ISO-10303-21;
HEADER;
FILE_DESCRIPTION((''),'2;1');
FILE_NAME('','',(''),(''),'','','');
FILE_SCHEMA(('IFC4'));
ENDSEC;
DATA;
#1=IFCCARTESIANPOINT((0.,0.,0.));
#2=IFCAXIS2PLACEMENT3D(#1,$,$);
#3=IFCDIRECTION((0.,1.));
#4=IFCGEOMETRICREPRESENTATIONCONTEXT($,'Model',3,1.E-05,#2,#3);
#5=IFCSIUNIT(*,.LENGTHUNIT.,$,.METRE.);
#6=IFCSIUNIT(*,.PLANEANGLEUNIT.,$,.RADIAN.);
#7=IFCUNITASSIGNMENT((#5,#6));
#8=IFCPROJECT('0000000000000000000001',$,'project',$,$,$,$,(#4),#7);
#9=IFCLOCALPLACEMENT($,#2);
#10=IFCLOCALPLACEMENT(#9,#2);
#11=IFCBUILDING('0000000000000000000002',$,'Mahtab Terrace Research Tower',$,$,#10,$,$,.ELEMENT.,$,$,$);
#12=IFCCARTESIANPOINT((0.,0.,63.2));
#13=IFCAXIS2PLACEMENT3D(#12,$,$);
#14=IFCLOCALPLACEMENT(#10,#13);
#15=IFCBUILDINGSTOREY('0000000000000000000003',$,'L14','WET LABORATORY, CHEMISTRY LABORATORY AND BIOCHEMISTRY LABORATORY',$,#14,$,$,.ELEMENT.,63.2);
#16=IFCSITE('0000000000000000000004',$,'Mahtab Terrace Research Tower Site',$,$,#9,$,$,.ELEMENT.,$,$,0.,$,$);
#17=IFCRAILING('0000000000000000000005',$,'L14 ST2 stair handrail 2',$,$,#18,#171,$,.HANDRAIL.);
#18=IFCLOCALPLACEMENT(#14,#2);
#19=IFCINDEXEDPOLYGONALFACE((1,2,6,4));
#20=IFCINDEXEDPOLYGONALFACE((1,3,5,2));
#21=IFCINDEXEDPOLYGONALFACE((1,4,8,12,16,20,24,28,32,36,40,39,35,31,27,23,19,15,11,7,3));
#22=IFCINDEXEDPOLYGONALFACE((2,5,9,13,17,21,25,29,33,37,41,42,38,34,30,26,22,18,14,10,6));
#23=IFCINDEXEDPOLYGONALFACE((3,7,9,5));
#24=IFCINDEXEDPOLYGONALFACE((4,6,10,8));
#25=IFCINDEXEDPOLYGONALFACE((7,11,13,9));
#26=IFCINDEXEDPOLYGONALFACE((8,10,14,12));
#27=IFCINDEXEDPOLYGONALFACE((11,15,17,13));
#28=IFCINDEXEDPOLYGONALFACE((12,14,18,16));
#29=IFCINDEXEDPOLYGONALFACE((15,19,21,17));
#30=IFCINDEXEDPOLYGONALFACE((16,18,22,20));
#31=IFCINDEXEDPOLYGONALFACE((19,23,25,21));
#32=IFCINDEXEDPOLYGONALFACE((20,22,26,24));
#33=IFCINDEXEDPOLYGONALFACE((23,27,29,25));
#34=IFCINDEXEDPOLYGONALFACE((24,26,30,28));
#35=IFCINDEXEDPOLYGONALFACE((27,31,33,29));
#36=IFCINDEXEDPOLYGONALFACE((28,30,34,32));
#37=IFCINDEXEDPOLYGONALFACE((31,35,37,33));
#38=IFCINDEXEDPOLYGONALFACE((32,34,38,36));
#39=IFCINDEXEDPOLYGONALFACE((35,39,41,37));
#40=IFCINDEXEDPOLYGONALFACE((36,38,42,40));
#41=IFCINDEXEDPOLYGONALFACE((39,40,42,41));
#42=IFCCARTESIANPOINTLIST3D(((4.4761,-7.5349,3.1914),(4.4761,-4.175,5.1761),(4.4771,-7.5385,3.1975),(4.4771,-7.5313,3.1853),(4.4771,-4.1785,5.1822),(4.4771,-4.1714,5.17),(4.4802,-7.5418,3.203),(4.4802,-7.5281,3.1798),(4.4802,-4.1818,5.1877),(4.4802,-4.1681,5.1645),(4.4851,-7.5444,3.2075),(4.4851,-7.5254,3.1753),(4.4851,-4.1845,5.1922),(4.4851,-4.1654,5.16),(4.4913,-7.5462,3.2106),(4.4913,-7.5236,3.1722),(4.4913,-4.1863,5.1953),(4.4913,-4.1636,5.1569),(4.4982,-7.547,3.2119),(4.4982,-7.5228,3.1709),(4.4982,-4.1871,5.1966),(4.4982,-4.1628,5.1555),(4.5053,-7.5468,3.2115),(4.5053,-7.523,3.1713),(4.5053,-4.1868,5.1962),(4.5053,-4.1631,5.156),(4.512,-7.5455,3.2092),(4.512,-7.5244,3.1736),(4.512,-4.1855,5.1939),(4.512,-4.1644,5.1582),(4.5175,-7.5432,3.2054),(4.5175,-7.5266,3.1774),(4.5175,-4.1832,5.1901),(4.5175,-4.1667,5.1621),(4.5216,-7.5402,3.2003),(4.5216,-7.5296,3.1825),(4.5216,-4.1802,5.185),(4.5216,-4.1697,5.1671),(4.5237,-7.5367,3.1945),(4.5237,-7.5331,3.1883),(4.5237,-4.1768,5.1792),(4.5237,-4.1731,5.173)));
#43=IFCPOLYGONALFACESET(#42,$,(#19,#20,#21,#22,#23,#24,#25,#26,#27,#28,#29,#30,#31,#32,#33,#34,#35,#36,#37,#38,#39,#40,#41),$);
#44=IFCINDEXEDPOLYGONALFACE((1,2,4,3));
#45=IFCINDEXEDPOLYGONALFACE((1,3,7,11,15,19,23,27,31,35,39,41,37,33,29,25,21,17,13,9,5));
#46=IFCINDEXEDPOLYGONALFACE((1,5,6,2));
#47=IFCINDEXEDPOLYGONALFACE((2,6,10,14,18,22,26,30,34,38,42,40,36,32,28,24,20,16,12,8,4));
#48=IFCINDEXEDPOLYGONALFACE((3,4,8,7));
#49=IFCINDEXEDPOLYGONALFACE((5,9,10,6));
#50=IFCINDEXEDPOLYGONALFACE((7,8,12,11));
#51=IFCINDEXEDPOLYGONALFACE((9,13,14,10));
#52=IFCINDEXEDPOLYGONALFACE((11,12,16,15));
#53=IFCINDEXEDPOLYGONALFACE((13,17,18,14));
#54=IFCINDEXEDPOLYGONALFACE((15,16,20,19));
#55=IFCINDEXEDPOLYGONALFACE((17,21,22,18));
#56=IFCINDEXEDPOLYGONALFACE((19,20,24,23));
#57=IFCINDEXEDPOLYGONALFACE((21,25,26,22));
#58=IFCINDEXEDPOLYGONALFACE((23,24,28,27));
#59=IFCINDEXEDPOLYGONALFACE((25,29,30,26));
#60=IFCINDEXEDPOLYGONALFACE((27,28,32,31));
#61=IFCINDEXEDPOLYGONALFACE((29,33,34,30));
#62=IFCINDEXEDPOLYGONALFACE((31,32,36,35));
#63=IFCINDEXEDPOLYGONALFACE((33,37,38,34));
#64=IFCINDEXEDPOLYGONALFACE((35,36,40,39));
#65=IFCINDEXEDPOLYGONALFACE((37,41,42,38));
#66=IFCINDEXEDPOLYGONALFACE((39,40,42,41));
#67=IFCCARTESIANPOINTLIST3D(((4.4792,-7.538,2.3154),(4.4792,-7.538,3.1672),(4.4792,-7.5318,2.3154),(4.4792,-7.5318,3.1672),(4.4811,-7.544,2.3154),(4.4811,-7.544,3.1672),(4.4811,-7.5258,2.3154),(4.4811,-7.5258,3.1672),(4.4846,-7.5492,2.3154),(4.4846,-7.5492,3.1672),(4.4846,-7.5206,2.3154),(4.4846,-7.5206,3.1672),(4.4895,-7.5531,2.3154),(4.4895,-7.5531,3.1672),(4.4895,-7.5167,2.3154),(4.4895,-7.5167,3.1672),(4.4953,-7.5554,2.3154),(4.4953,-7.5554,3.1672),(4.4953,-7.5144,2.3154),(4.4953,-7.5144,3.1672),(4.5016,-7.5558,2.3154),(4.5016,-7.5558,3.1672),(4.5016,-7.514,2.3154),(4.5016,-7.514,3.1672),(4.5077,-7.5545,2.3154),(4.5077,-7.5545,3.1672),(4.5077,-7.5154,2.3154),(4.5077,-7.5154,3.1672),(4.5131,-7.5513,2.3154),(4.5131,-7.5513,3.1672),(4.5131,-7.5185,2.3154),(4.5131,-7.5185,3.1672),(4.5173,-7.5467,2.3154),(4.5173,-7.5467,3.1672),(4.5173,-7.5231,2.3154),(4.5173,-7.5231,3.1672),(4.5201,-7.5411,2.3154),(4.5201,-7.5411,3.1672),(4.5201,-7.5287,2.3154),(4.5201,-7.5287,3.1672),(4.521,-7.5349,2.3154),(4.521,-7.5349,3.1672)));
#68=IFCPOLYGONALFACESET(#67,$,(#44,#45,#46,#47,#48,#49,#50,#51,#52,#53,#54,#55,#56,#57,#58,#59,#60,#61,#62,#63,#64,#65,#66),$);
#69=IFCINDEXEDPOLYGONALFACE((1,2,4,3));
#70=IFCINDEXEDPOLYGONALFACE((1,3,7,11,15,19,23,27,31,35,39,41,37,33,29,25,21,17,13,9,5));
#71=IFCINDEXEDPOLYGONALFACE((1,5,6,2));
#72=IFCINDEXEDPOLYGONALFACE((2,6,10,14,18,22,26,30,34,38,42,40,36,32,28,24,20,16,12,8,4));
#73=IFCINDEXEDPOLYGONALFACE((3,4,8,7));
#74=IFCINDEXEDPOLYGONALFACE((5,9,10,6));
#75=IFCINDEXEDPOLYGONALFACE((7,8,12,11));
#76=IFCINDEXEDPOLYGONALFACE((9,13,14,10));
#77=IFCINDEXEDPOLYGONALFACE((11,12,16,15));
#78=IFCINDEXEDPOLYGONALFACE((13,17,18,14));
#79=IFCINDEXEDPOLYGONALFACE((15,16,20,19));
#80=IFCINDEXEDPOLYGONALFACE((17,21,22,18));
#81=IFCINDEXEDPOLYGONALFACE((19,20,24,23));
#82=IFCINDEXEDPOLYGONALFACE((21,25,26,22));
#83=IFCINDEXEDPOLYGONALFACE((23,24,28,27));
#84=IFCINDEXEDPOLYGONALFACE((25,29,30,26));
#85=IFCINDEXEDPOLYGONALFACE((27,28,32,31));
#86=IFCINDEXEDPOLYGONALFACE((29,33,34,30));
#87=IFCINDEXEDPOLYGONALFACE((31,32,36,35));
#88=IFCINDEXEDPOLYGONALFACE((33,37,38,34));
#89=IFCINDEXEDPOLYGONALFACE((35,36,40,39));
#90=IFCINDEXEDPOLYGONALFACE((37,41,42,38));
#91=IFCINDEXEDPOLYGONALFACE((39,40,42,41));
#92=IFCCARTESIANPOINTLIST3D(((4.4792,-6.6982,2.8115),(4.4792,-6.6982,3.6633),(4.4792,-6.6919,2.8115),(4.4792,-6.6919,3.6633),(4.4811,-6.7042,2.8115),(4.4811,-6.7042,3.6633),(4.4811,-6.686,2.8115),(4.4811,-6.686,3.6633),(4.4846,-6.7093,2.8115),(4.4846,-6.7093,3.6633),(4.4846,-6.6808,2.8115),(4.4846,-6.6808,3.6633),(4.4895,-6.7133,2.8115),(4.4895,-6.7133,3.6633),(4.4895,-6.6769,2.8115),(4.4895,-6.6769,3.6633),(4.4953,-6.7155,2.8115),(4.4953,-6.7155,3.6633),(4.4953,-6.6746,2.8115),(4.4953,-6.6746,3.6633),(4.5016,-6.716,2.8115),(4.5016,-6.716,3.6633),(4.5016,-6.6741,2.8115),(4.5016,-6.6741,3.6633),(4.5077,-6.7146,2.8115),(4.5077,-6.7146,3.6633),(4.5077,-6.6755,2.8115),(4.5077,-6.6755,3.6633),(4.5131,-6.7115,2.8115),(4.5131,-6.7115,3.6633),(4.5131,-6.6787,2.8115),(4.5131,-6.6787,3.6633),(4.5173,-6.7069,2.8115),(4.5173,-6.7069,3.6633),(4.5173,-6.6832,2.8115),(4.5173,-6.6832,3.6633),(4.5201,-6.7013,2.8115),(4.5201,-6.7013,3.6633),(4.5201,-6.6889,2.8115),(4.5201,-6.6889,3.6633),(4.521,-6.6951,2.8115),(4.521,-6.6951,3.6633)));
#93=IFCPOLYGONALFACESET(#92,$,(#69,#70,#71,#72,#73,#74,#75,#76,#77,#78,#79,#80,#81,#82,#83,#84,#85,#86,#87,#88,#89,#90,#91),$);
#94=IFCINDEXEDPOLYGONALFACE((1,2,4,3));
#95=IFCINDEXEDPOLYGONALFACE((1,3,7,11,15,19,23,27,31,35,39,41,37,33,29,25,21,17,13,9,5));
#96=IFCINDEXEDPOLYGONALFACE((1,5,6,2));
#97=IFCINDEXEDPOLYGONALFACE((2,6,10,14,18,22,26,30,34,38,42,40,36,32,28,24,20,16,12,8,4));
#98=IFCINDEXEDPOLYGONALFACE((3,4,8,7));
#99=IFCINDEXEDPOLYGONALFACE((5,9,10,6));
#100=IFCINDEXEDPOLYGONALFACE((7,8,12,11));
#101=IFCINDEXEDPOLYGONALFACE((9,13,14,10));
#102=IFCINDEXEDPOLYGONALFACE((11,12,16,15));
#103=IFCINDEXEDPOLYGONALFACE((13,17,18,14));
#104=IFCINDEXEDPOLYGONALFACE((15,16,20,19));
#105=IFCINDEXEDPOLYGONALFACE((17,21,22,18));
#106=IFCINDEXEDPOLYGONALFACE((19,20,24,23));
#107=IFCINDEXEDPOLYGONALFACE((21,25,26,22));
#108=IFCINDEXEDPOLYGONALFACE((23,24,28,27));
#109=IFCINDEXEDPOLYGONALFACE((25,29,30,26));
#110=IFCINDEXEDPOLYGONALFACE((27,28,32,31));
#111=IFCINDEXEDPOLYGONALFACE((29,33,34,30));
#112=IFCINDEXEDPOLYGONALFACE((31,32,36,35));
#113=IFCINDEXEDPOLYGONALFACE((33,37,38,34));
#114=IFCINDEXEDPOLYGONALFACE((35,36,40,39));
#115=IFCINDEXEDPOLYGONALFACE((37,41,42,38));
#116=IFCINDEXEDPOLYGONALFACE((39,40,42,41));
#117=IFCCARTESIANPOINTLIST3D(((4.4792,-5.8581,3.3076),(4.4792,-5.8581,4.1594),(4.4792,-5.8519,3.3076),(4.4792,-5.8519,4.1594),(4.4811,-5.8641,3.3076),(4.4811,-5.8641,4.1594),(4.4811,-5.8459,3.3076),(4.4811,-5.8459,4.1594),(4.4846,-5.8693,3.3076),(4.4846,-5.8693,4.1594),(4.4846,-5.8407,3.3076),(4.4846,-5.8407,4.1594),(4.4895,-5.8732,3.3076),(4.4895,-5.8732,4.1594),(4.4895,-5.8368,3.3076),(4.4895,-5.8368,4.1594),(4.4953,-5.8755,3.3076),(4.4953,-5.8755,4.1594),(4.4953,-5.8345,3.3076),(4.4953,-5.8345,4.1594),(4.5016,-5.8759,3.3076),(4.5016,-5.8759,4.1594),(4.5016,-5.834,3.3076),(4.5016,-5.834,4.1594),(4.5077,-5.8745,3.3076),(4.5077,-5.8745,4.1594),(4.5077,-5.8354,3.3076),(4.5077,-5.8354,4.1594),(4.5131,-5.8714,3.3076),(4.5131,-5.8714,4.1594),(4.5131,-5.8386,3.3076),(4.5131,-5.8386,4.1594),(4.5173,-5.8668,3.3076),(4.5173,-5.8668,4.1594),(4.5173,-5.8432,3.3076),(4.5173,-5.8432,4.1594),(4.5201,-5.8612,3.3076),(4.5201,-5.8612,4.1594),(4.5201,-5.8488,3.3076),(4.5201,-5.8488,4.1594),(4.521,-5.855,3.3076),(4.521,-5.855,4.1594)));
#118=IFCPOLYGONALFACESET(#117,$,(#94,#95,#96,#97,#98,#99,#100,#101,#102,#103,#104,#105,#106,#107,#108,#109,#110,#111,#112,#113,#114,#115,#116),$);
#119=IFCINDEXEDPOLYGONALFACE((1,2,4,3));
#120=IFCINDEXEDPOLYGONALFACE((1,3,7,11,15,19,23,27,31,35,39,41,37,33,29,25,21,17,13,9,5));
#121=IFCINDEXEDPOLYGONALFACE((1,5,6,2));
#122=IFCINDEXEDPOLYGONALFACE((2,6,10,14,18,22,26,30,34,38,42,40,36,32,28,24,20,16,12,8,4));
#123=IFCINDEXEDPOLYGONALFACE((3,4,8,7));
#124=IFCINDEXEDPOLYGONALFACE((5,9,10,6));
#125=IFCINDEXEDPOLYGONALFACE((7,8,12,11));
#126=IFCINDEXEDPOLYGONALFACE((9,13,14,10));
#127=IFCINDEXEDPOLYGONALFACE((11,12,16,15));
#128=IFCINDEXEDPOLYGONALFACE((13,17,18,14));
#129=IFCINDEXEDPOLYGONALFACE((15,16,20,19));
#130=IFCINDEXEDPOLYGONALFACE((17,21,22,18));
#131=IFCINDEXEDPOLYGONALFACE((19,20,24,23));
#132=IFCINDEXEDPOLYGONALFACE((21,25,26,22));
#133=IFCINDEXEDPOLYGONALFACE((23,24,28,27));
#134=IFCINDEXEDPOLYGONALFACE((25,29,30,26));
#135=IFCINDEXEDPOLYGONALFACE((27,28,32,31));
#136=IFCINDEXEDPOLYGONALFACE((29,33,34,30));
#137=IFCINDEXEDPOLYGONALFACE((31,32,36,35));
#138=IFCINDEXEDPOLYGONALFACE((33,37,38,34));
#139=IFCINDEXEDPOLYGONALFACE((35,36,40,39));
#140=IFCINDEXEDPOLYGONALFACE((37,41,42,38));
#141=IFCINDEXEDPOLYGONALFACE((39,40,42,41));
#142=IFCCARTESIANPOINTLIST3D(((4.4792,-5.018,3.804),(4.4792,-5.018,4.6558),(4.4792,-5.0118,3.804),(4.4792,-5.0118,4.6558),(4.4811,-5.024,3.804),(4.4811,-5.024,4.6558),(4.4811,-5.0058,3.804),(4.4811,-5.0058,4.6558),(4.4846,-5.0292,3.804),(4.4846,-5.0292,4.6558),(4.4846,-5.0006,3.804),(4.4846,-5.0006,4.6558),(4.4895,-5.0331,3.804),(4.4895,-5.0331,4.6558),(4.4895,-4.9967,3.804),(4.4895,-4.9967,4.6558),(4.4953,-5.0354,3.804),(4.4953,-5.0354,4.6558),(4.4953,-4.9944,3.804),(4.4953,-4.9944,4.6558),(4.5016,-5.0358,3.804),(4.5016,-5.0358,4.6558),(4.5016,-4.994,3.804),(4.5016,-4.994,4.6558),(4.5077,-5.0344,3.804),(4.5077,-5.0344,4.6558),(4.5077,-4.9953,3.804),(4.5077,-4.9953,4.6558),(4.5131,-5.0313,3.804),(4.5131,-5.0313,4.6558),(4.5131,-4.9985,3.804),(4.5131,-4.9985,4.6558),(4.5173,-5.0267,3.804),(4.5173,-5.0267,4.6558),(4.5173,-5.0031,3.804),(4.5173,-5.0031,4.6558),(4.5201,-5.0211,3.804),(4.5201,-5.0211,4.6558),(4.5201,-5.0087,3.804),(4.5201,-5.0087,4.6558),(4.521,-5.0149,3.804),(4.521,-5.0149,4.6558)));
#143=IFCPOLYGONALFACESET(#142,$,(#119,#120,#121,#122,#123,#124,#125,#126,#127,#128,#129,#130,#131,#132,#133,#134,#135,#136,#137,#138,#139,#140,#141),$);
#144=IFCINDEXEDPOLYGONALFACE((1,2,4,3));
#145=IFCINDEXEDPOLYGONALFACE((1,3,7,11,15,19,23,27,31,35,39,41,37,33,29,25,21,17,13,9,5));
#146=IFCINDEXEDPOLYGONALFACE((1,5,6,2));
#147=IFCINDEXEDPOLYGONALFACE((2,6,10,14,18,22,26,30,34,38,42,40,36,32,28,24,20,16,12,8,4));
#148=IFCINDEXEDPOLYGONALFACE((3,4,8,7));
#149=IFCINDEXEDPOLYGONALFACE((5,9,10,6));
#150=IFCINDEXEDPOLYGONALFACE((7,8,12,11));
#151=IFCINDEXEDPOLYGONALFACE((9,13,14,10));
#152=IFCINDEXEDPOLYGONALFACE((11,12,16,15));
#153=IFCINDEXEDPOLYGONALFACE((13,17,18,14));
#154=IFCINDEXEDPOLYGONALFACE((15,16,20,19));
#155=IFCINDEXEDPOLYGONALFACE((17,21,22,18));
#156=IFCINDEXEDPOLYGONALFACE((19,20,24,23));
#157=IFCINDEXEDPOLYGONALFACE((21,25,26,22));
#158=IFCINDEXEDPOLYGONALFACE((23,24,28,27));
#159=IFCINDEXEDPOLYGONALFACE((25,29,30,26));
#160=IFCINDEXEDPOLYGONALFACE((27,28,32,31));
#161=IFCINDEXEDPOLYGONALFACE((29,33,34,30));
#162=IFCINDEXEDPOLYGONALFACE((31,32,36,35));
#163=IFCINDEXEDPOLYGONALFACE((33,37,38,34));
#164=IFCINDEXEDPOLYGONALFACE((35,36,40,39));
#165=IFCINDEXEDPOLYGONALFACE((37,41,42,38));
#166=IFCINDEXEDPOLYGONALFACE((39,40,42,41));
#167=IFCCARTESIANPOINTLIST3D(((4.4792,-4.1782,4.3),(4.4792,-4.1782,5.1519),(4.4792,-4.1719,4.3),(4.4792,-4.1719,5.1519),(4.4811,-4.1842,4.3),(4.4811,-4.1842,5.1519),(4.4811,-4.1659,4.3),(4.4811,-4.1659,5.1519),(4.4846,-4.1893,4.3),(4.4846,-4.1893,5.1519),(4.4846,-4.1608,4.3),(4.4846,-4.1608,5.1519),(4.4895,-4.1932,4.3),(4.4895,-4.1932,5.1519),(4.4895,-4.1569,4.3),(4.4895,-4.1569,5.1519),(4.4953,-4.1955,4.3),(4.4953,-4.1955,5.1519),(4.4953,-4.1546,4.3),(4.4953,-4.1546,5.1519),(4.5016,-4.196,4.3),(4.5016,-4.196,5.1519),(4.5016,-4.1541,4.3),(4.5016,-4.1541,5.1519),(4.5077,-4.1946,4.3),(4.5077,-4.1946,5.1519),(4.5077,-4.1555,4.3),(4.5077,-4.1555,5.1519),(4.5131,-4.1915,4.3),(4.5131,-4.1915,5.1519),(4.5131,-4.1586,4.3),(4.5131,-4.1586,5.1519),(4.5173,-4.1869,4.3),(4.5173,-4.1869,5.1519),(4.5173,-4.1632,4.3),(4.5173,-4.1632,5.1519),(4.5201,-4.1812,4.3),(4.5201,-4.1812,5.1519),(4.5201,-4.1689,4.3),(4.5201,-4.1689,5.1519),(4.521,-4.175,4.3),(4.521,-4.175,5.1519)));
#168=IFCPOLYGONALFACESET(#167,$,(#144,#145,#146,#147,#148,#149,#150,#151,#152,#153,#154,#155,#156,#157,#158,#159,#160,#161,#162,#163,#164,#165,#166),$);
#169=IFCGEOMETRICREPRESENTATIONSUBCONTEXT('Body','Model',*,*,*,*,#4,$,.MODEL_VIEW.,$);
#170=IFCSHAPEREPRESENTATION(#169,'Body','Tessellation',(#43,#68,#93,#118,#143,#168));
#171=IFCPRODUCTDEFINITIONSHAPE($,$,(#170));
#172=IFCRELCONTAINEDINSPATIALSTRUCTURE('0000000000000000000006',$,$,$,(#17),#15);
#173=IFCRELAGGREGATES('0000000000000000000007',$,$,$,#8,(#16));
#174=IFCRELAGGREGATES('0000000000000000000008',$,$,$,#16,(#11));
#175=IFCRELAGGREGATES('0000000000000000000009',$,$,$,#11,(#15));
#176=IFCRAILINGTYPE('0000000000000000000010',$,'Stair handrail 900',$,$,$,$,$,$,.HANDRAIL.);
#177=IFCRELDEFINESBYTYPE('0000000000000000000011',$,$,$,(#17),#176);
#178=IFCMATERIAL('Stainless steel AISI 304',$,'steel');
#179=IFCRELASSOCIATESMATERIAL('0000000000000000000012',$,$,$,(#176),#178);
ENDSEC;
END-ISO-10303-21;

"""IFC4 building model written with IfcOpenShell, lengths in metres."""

from ifc_helpers import new_model, si_unit, direction, frame, origin, origin_2d, place, context, subcontext, project, spatial, circle, extrude, material, type_object, element, save


model = new_model("IFC4")

# Units and contexts
model_context = context("Model", 3, precision=1e-05, world=origin(), true_north=direction((0.0, 1.0)))
body_context = subcontext(model_context, "Body", "Model", "MODEL_VIEW")
ifc_project = project(units=[si_unit("LENGTHUNIT", "METRE"), si_unit("PLANEANGLEUNIT", "RADIAN")], contexts=[model_context])

# Site, building, storey
site_placement = place(None, origin())
site = spatial("IfcSite", under=ifc_project, at=site_placement, Name="Mahtab Terrace Research Tower Site", CompositionType="ELEMENT", RefElevation=0.0)
building_placement = place(site_placement, origin())
building = spatial("IfcBuilding", under=site, at=building_placement, Name="Mahtab Terrace Research Tower", CompositionType="ELEMENT")
storey_placement = place(building_placement, frame((0.0, 0.0, 63.2)))
storey = spatial("IfcBuildingStorey", under=building, at=storey_placement, Name="L14", Description="WET LABORATORY, CHEMISTRY LABORATORY AND BIOCHEMISTRY LABORATORY", CompositionType="ELEMENT", Elevation=63.2)

# Railing
ifc_material_1 = material(Name="Stainless steel AISI 304", Category="steel")
railing_type_1 = type_object("IfcRailingType", Name="Stair handrail 900", PredefinedType="HANDRAIL", material=ifc_material_1)
railing_1_placement = place(storey_placement, frame((4.5, -7.5349, 2.3154)))
element("IfcRailing", 1, at=railing_1_placement, inside=storey, type_object=railing_type_1, Name="L14 ST2 stair handrail 2", PredefinedType="HANDRAIL", context=body_context, shape_type="SweptSolid", body=[
    extrude(circle(Radius=0.0239, at=origin_2d()), frame((0.0, 0.0, 0.876), z_axis=(0.0, 0.861011, 0.508586), x_axis=(-1.0, 0.0, 0.0)), (0.0, 0.0, 1.0), 3.9023),
    extrude(circle(Radius=0.021, at=origin_2d()), origin(), (0.0, 0.0, 1.0), 0.8518),
    extrude(circle(Radius=0.021, at=origin_2d()), frame((0.0, 0.8398, 0.4961)), (0.0, 0.0, 1.0), 0.8518),
    extrude(circle(Radius=0.021, at=origin_2d()), frame((0.0, 1.6799, 0.9922)), (0.0, 0.0, 1.0), 0.8518),
    extrude(circle(Radius=0.021, at=origin_2d()), frame((0.0, 2.52, 1.4885)), (0.0, 0.0, 1.0), 0.8518),
    extrude(circle(Radius=0.021, at=origin_2d()), frame((0.0, 3.3599, 1.9846)), (0.0, 0.0, 1.0), 0.8518),
])

save(model, "model.ifc")
